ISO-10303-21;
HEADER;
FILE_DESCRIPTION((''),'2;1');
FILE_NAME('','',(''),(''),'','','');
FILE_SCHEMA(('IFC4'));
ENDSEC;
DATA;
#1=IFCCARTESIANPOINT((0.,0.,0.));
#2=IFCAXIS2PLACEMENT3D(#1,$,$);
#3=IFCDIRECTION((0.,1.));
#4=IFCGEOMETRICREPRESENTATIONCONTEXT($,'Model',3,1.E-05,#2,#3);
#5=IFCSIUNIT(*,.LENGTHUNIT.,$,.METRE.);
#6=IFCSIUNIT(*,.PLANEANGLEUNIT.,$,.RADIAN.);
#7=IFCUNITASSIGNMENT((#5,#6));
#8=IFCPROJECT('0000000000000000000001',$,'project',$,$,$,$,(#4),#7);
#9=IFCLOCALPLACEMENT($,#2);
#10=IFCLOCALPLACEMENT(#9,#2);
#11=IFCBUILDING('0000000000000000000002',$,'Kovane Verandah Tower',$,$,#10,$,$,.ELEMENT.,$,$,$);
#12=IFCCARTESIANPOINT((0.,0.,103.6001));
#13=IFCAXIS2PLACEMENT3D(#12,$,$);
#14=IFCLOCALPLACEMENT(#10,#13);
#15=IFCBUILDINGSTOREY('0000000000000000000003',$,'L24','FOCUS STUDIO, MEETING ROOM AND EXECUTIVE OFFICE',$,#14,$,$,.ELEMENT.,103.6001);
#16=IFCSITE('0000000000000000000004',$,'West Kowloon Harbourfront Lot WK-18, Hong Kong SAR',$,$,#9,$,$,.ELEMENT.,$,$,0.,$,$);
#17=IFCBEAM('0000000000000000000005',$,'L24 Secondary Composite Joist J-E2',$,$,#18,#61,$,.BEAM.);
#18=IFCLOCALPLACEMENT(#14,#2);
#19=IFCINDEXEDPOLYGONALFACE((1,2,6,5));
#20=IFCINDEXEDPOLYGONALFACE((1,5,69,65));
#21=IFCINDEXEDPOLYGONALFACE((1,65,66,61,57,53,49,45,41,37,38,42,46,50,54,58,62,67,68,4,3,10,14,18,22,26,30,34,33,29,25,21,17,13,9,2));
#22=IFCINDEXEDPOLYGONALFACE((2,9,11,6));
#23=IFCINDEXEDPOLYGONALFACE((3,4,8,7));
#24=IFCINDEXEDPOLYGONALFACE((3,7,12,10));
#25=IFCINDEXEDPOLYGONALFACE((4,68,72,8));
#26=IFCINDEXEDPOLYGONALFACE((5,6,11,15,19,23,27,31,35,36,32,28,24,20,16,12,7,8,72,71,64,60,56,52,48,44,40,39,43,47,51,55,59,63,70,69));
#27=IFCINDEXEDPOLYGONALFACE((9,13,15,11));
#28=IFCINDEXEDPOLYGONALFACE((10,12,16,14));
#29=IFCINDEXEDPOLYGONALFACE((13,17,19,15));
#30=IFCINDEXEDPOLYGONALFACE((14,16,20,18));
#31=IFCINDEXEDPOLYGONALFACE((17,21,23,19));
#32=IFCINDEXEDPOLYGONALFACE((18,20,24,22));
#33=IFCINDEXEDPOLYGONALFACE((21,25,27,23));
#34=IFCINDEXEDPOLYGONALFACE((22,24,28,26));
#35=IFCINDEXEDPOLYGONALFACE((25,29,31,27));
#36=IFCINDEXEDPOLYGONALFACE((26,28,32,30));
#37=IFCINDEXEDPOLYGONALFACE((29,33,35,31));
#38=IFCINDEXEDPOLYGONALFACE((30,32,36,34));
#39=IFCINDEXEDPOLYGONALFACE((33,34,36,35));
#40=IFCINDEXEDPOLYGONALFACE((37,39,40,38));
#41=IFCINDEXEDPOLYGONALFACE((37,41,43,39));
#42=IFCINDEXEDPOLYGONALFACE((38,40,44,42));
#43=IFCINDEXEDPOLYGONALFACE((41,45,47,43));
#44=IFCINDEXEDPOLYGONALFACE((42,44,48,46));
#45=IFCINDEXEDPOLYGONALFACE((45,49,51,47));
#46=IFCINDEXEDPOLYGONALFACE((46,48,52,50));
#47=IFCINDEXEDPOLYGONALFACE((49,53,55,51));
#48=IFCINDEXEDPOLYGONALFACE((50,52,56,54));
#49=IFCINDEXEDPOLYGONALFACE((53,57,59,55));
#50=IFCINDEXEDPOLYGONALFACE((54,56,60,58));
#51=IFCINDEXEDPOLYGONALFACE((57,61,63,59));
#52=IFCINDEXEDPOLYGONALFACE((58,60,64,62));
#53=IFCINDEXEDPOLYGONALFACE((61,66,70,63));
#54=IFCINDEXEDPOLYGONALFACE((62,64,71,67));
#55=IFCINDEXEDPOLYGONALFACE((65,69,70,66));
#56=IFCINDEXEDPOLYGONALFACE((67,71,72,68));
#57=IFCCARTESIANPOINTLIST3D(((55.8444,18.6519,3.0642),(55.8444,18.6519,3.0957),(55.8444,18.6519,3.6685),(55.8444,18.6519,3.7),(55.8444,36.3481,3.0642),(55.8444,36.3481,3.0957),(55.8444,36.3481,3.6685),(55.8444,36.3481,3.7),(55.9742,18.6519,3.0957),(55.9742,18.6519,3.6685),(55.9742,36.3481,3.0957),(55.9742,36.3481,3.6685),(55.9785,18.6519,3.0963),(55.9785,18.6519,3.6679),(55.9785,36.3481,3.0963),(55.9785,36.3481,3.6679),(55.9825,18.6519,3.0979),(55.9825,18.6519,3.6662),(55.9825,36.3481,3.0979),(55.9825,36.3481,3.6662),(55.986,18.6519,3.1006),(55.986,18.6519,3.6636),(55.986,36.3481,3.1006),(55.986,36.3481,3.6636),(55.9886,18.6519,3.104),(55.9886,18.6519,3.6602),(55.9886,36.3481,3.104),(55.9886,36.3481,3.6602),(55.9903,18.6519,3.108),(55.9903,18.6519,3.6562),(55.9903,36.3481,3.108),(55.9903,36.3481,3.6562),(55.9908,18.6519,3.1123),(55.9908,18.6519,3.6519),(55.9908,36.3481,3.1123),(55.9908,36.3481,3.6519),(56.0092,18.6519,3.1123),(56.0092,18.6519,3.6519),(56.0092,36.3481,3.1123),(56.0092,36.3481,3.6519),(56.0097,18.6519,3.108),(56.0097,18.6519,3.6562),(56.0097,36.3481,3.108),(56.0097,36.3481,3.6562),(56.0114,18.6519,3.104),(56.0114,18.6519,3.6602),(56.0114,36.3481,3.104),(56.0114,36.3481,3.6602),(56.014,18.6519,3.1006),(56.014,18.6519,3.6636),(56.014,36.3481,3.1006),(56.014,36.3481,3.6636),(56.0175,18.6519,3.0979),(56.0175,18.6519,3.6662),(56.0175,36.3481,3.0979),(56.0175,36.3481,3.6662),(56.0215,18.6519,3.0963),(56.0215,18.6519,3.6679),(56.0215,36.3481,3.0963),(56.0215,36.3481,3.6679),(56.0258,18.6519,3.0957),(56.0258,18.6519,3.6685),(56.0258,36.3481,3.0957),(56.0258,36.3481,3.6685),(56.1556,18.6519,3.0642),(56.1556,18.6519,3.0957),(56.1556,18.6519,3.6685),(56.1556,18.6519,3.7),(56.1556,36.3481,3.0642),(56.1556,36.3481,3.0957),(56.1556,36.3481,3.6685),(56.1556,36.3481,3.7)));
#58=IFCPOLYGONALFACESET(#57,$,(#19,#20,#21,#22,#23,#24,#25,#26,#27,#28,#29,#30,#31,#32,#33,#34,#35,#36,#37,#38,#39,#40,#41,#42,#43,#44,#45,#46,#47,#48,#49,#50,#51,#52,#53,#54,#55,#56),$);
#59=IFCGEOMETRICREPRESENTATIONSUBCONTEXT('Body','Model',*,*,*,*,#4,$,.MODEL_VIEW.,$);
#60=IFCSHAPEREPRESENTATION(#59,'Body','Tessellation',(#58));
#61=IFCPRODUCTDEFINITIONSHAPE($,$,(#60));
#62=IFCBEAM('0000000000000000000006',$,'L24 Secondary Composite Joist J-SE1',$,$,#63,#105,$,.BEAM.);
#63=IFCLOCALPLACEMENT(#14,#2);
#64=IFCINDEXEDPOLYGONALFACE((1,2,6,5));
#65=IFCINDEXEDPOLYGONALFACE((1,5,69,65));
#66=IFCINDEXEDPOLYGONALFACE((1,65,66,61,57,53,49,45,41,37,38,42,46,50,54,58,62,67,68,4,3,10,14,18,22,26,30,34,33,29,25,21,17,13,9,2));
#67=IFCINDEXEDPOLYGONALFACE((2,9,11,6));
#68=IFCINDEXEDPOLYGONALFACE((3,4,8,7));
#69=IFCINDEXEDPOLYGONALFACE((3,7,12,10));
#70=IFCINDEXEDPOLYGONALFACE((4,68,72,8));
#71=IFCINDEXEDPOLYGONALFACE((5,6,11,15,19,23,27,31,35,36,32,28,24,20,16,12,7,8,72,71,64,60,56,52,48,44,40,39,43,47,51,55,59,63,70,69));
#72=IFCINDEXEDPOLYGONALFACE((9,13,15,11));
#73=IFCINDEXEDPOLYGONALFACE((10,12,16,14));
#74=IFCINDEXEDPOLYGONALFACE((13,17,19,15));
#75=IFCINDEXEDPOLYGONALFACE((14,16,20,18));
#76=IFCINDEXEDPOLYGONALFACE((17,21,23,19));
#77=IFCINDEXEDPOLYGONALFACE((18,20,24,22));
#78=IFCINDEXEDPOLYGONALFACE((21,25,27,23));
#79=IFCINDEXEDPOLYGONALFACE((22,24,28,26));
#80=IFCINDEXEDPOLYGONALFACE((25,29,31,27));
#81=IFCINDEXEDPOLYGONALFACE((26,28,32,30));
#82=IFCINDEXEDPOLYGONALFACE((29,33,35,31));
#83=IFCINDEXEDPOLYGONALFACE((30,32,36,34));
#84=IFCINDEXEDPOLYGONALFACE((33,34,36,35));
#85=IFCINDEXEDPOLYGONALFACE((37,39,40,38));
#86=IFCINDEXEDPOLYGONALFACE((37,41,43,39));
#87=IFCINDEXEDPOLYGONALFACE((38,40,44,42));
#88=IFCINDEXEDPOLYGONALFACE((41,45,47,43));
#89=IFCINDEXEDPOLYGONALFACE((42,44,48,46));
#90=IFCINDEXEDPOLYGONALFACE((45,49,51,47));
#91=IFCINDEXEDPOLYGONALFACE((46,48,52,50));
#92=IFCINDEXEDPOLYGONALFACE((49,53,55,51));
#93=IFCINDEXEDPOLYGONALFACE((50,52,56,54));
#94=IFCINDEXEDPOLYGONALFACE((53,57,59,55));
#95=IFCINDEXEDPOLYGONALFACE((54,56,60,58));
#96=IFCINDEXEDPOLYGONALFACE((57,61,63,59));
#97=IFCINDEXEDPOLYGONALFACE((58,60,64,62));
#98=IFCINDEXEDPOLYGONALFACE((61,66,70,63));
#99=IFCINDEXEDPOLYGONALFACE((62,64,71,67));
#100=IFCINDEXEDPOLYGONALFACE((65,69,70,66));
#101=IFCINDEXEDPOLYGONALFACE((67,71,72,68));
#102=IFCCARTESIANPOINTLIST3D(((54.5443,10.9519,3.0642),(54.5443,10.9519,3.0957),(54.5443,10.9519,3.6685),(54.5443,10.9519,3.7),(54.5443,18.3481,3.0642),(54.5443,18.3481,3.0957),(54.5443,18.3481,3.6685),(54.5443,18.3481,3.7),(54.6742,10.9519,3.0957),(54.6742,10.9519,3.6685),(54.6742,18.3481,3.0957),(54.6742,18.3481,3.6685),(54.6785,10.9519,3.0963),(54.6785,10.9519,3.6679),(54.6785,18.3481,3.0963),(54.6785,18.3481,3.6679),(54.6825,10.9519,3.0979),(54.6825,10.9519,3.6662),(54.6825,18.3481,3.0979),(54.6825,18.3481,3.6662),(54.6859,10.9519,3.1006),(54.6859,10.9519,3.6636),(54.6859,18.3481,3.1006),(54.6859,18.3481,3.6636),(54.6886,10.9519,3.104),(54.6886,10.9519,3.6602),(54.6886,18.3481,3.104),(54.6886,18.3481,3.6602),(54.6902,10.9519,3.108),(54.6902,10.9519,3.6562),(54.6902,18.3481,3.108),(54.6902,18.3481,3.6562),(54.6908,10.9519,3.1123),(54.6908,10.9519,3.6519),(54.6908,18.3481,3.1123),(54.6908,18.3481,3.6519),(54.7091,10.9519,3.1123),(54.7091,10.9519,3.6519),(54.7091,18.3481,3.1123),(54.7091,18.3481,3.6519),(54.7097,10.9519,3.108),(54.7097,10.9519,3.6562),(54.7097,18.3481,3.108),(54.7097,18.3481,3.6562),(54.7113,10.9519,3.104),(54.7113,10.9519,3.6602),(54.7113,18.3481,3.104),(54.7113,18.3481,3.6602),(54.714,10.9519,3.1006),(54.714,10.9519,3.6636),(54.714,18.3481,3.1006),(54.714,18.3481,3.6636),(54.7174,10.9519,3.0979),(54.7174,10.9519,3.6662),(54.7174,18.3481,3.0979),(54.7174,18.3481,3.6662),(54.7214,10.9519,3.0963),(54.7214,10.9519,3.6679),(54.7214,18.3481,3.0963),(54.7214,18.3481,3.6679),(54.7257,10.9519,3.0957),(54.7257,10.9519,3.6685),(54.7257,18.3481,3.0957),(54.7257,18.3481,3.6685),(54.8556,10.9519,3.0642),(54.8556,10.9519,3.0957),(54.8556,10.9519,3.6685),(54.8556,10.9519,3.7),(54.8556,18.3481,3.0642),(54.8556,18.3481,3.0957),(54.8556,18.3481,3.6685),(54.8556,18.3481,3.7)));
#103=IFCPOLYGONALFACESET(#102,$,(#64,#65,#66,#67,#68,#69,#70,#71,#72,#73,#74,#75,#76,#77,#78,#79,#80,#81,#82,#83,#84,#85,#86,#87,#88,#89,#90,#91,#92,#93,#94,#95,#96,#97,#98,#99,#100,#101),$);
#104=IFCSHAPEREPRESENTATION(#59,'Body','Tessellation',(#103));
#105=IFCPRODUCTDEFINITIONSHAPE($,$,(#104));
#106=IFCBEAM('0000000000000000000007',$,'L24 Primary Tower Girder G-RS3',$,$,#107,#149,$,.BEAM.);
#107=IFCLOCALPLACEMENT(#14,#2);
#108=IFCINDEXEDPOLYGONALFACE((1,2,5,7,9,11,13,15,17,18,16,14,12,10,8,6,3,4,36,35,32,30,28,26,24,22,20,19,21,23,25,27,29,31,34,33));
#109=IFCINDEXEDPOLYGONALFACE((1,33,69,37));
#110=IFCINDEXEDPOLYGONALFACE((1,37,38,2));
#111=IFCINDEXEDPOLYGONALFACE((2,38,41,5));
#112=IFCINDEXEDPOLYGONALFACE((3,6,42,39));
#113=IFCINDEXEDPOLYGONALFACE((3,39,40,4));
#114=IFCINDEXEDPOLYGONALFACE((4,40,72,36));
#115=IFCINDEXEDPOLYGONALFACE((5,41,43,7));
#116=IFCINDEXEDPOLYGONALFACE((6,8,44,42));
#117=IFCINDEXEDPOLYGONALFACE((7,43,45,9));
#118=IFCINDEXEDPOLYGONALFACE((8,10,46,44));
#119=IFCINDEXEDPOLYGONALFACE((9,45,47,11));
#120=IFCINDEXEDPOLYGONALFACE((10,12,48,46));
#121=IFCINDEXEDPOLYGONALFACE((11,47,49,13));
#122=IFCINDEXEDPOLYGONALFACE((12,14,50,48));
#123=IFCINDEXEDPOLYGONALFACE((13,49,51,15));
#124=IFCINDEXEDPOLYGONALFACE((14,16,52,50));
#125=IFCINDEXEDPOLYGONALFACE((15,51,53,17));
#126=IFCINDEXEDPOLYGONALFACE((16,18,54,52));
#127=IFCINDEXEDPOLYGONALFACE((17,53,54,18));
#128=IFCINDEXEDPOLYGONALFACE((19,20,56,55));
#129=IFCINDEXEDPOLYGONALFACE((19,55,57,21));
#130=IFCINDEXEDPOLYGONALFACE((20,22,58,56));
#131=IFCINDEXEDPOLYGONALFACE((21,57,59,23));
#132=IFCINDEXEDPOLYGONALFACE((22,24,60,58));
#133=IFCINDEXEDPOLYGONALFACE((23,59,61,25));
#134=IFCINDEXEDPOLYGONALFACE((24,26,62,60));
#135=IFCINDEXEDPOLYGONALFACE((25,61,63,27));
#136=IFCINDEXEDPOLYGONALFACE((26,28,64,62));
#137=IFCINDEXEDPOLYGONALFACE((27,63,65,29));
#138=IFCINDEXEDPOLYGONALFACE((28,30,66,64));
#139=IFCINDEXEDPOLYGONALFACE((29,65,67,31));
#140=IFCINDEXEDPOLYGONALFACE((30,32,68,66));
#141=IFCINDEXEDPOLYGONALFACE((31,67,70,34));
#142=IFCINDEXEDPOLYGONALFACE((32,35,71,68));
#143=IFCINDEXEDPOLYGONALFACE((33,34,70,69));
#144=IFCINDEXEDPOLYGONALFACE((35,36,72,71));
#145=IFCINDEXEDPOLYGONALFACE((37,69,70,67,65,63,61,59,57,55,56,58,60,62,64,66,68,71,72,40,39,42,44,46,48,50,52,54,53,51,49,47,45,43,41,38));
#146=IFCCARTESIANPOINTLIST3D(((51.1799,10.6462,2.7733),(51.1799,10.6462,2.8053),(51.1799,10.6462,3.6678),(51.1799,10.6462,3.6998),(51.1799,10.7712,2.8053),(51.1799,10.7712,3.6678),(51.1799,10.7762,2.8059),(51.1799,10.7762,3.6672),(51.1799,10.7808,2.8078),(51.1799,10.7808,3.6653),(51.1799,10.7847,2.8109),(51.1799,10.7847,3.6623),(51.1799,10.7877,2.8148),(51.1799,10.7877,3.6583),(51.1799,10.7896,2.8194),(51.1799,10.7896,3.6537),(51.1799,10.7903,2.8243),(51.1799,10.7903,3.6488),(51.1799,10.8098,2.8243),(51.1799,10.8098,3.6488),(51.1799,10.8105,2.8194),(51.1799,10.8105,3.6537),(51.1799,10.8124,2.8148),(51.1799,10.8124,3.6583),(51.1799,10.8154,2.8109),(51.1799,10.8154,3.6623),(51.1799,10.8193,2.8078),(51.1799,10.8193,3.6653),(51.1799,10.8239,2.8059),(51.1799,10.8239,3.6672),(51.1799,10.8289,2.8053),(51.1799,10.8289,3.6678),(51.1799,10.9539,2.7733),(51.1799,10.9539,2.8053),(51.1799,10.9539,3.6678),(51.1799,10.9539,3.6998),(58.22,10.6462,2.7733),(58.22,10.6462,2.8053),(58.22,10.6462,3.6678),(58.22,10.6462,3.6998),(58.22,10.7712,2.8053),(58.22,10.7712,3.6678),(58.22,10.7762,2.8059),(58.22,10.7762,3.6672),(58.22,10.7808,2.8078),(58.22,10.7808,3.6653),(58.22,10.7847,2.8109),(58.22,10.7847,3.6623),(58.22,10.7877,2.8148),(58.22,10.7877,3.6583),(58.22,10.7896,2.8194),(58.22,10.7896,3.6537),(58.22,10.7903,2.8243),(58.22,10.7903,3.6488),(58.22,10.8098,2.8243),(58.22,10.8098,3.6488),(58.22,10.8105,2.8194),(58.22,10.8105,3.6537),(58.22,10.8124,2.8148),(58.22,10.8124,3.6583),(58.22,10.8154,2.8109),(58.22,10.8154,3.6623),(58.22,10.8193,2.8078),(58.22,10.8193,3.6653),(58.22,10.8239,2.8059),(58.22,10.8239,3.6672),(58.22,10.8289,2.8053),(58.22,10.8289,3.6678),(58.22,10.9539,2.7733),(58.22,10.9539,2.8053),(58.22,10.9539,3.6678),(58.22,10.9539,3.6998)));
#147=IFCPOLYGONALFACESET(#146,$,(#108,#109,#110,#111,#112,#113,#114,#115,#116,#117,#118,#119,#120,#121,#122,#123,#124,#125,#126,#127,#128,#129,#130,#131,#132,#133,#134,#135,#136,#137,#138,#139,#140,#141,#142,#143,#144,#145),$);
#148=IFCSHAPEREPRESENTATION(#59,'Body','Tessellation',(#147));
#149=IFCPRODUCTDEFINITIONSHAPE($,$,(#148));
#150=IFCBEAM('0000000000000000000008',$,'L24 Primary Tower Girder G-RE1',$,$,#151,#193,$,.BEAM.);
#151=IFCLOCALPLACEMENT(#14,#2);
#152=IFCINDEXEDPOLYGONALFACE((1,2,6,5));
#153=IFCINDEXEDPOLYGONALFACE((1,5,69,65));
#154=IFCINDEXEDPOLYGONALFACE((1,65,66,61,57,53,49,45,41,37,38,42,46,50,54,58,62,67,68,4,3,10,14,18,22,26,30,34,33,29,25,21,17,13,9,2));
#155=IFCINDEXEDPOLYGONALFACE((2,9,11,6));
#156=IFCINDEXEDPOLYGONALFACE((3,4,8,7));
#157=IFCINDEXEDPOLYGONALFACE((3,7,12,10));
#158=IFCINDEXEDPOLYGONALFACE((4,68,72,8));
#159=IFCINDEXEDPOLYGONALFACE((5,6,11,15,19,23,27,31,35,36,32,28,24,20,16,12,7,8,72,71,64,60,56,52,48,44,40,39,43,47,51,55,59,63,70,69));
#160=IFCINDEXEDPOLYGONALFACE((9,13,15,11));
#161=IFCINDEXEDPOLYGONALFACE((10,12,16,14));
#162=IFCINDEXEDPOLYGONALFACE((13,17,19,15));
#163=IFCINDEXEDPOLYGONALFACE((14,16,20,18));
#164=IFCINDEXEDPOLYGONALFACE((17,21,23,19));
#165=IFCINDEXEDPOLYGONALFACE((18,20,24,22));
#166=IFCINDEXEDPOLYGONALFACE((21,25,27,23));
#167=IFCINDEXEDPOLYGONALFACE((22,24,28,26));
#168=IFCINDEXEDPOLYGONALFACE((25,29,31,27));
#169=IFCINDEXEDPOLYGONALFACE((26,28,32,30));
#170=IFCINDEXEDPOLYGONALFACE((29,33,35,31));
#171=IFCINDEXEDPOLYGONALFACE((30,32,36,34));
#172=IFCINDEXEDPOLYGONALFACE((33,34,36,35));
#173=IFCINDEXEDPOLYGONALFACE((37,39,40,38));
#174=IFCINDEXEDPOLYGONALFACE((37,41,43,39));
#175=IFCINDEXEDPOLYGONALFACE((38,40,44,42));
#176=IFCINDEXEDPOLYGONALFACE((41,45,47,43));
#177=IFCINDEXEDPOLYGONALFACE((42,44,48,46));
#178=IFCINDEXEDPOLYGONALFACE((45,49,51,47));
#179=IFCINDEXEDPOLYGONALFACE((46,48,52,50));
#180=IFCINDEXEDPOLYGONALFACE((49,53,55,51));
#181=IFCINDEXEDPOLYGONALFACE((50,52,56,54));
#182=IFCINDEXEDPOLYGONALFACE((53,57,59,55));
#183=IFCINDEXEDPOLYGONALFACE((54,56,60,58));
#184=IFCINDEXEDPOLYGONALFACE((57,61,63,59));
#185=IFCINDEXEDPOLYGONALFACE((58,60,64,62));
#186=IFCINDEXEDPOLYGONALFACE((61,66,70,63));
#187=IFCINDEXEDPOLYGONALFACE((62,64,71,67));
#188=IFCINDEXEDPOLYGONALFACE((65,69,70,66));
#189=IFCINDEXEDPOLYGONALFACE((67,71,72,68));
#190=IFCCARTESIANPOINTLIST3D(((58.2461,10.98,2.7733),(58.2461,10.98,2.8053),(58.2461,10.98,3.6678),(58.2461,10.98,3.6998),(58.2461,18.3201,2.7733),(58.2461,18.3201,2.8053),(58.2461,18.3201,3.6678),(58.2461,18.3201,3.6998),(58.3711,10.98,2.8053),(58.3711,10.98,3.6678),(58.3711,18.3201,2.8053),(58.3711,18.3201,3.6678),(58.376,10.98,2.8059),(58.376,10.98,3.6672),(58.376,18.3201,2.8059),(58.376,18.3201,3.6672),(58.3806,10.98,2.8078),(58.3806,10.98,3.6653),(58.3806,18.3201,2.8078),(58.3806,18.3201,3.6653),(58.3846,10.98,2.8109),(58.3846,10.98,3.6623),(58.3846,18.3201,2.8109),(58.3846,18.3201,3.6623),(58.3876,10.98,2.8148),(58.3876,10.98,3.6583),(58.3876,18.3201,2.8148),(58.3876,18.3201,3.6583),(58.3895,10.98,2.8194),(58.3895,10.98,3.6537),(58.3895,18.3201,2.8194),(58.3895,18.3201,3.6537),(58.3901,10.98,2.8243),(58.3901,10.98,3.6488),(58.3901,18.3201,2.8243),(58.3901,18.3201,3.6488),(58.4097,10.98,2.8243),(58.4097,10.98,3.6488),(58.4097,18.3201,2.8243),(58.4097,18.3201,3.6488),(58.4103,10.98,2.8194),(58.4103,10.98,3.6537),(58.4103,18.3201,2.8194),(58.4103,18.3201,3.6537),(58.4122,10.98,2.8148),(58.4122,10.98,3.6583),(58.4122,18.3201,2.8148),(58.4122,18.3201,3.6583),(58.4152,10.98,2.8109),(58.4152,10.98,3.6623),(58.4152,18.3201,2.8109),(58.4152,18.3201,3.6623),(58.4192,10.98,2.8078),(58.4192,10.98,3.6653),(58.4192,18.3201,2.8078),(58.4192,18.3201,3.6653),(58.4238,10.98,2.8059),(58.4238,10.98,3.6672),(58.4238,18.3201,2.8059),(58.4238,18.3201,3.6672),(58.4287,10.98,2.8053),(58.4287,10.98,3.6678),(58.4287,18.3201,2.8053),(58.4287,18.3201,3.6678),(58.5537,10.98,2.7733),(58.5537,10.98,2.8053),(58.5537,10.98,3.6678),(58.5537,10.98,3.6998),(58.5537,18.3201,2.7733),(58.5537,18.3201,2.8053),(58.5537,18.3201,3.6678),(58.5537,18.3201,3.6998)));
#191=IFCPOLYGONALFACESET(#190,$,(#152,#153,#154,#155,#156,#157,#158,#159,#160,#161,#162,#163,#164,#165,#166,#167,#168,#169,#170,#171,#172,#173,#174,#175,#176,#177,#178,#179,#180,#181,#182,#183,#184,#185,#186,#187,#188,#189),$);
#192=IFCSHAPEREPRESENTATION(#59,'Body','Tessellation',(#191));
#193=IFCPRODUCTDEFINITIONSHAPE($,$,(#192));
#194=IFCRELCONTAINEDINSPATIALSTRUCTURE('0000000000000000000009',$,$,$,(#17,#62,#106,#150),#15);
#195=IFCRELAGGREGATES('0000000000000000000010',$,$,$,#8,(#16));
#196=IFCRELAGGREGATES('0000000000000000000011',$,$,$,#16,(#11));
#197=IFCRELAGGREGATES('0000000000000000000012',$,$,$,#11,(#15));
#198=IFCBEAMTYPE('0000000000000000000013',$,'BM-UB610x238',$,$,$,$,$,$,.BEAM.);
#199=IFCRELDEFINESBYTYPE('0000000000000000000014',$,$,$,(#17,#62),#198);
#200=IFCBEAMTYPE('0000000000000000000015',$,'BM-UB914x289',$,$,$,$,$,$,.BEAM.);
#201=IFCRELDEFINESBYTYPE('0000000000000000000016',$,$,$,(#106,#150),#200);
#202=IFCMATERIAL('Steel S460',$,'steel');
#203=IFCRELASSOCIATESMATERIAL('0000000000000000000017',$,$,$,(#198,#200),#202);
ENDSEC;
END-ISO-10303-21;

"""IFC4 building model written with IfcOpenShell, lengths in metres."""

from ifc_helpers import new_model, si_unit, direction, frame, origin, origin_2d, place, context, subcontext, project, spatial, i_section, extrude, material, material_profile, profile_set, type_object, element, save


model = new_model("IFC4")

# Units and contexts
model_context = context("Model", 3, precision=1e-05, world=origin(), true_north=direction((0.0, 1.0)))
body_context = subcontext(model_context, "Body", "Model", "MODEL_VIEW")
ifc_project = project(units=[si_unit("LENGTHUNIT", "METRE"), si_unit("PLANEANGLEUNIT", "RADIAN")], contexts=[model_context])

# Site, building, storey
site_placement = place(None, origin())
site = spatial("IfcSite", under=ifc_project, at=site_placement, Name="West Kowloon Harbourfront Lot WK-18, Hong Kong SAR", CompositionType="ELEMENT", RefElevation=0.0)
building_placement = place(site_placement, origin())
building = spatial("IfcBuilding", under=site, at=building_placement, Name="Kovane Verandah Tower", CompositionType="ELEMENT")
storey_placement = place(building_placement, frame((0.0, 0.0, 103.6001)))
storey = spatial("IfcBuildingStorey", under=building, at=storey_placement, Name="L24", Description="FOCUS STUDIO, MEETING ROOM AND EXECUTIVE OFFICE", CompositionType="ELEMENT", Elevation=103.6001)

# Shared definitions
ifc_material_1 = material(Name="Steel S460", Category="steel")

# Beams
ifc_material_profile_1 = material_profile(ifc_material_1, i_section(OverallWidth=0.3113, OverallDepth=0.6357, WebThickness=0.0183, FlangeThickness=0.0315, FilletRadius=0.0166, at=origin_2d()), Name="UB610x305x238")
ifc_profile_set_1 = profile_set([ifc_material_profile_1], Name="Steel S460")
beam_type_1 = type_object("IfcBeamType", Name="BM-UB610x238", PredefinedType="BEAM", material=ifc_profile_set_1)
for number, where, z_axis, x_axis, name in (
    (1, (56.0, 18.6519, 3.3821), (0.0, 1.0, 0.0), (-1.0, 0.0, 0.0), "L24 Secondary Composite Joist J-E2"),
):
    element("IfcBeam", number, at=place(storey_placement, frame(where, z_axis=z_axis, x_axis=x_axis)), inside=storey, type_object=beam_type_1, Name=name, PredefinedType="BEAM", context=body_context, shape_type="SweptSolid", body=[
        extrude(i_section(OverallWidth=0.3113, OverallDepth=0.6357, WebThickness=0.0183, FlangeThickness=0.0315, FilletRadius=0.0166, at=origin_2d()), origin(), (0.0, 0.0, 1.0), 17.6963),
    ])
beam_1_placement = place(storey_placement, frame((54.7, 10.9519, 3.3821), z_axis=(0.0, 1.0, 0.0), x_axis=(-1.0, 0.0, 0.0)))
element("IfcBeam", 2, at=beam_1_placement, inside=storey, type_object=beam_type_1, Name="L24 Secondary Composite Joist J-SE1", PredefinedType="BEAM", context=body_context, shape_type="SweptSolid", body=[
    extrude(i_section(OverallWidth=0.3113, OverallDepth=0.6357, WebThickness=0.0183, FlangeThickness=0.0315, FilletRadius=0.0166, at=origin_2d()), origin(), (0.0, 0.0, 1.0), 7.3962),
])
ifc_material_profile_2 = material_profile(ifc_material_1, i_section(OverallWidth=0.3076, OverallDepth=0.9265, WebThickness=0.0195, FlangeThickness=0.032, FilletRadius=0.019, at=origin_2d()), Name="UB914x305x289")
ifc_profile_set_2 = profile_set([ifc_material_profile_2], Name="Steel S460")
beam_type_2 = type_object("IfcBeamType", Name="BM-UB914x289", PredefinedType="BEAM", material=ifc_profile_set_2)
beam_2_placement = place(storey_placement, frame((51.1799, 10.8, 3.2366), z_axis=(1.0, 0.0, 0.0), x_axis=(0.0, 1.0, 0.0)))
element("IfcBeam", 3, at=beam_2_placement, inside=storey, type_object=beam_type_2, Name="L24 Primary Tower Girder G-RS3", PredefinedType="BEAM", context=body_context, shape_type="SweptSolid", body=[
    extrude(i_section(OverallWidth=0.3076, OverallDepth=0.9265, WebThickness=0.0195, FlangeThickness=0.032, FilletRadius=0.019, at=origin_2d()), origin(), (0.0, 0.0, 1.0), 7.04),
])
beam_3_placement = place(storey_placement, frame((58.3999, 10.98, 3.2366), z_axis=(0.0, 1.0, 0.0), x_axis=(-1.0, 0.0, 0.0)))
element("IfcBeam", 4, at=beam_3_placement, inside=storey, type_object=beam_type_2, Name="L24 Primary Tower Girder G-RE1", PredefinedType="BEAM", context=body_context, shape_type="SweptSolid", body=[
    extrude(i_section(OverallWidth=0.3076, OverallDepth=0.9265, WebThickness=0.0195, FlangeThickness=0.032, FilletRadius=0.019, at=origin_2d()), origin(), (0.0, 0.0, 1.0), 7.3401),
])

save(model, "model.ifc")
